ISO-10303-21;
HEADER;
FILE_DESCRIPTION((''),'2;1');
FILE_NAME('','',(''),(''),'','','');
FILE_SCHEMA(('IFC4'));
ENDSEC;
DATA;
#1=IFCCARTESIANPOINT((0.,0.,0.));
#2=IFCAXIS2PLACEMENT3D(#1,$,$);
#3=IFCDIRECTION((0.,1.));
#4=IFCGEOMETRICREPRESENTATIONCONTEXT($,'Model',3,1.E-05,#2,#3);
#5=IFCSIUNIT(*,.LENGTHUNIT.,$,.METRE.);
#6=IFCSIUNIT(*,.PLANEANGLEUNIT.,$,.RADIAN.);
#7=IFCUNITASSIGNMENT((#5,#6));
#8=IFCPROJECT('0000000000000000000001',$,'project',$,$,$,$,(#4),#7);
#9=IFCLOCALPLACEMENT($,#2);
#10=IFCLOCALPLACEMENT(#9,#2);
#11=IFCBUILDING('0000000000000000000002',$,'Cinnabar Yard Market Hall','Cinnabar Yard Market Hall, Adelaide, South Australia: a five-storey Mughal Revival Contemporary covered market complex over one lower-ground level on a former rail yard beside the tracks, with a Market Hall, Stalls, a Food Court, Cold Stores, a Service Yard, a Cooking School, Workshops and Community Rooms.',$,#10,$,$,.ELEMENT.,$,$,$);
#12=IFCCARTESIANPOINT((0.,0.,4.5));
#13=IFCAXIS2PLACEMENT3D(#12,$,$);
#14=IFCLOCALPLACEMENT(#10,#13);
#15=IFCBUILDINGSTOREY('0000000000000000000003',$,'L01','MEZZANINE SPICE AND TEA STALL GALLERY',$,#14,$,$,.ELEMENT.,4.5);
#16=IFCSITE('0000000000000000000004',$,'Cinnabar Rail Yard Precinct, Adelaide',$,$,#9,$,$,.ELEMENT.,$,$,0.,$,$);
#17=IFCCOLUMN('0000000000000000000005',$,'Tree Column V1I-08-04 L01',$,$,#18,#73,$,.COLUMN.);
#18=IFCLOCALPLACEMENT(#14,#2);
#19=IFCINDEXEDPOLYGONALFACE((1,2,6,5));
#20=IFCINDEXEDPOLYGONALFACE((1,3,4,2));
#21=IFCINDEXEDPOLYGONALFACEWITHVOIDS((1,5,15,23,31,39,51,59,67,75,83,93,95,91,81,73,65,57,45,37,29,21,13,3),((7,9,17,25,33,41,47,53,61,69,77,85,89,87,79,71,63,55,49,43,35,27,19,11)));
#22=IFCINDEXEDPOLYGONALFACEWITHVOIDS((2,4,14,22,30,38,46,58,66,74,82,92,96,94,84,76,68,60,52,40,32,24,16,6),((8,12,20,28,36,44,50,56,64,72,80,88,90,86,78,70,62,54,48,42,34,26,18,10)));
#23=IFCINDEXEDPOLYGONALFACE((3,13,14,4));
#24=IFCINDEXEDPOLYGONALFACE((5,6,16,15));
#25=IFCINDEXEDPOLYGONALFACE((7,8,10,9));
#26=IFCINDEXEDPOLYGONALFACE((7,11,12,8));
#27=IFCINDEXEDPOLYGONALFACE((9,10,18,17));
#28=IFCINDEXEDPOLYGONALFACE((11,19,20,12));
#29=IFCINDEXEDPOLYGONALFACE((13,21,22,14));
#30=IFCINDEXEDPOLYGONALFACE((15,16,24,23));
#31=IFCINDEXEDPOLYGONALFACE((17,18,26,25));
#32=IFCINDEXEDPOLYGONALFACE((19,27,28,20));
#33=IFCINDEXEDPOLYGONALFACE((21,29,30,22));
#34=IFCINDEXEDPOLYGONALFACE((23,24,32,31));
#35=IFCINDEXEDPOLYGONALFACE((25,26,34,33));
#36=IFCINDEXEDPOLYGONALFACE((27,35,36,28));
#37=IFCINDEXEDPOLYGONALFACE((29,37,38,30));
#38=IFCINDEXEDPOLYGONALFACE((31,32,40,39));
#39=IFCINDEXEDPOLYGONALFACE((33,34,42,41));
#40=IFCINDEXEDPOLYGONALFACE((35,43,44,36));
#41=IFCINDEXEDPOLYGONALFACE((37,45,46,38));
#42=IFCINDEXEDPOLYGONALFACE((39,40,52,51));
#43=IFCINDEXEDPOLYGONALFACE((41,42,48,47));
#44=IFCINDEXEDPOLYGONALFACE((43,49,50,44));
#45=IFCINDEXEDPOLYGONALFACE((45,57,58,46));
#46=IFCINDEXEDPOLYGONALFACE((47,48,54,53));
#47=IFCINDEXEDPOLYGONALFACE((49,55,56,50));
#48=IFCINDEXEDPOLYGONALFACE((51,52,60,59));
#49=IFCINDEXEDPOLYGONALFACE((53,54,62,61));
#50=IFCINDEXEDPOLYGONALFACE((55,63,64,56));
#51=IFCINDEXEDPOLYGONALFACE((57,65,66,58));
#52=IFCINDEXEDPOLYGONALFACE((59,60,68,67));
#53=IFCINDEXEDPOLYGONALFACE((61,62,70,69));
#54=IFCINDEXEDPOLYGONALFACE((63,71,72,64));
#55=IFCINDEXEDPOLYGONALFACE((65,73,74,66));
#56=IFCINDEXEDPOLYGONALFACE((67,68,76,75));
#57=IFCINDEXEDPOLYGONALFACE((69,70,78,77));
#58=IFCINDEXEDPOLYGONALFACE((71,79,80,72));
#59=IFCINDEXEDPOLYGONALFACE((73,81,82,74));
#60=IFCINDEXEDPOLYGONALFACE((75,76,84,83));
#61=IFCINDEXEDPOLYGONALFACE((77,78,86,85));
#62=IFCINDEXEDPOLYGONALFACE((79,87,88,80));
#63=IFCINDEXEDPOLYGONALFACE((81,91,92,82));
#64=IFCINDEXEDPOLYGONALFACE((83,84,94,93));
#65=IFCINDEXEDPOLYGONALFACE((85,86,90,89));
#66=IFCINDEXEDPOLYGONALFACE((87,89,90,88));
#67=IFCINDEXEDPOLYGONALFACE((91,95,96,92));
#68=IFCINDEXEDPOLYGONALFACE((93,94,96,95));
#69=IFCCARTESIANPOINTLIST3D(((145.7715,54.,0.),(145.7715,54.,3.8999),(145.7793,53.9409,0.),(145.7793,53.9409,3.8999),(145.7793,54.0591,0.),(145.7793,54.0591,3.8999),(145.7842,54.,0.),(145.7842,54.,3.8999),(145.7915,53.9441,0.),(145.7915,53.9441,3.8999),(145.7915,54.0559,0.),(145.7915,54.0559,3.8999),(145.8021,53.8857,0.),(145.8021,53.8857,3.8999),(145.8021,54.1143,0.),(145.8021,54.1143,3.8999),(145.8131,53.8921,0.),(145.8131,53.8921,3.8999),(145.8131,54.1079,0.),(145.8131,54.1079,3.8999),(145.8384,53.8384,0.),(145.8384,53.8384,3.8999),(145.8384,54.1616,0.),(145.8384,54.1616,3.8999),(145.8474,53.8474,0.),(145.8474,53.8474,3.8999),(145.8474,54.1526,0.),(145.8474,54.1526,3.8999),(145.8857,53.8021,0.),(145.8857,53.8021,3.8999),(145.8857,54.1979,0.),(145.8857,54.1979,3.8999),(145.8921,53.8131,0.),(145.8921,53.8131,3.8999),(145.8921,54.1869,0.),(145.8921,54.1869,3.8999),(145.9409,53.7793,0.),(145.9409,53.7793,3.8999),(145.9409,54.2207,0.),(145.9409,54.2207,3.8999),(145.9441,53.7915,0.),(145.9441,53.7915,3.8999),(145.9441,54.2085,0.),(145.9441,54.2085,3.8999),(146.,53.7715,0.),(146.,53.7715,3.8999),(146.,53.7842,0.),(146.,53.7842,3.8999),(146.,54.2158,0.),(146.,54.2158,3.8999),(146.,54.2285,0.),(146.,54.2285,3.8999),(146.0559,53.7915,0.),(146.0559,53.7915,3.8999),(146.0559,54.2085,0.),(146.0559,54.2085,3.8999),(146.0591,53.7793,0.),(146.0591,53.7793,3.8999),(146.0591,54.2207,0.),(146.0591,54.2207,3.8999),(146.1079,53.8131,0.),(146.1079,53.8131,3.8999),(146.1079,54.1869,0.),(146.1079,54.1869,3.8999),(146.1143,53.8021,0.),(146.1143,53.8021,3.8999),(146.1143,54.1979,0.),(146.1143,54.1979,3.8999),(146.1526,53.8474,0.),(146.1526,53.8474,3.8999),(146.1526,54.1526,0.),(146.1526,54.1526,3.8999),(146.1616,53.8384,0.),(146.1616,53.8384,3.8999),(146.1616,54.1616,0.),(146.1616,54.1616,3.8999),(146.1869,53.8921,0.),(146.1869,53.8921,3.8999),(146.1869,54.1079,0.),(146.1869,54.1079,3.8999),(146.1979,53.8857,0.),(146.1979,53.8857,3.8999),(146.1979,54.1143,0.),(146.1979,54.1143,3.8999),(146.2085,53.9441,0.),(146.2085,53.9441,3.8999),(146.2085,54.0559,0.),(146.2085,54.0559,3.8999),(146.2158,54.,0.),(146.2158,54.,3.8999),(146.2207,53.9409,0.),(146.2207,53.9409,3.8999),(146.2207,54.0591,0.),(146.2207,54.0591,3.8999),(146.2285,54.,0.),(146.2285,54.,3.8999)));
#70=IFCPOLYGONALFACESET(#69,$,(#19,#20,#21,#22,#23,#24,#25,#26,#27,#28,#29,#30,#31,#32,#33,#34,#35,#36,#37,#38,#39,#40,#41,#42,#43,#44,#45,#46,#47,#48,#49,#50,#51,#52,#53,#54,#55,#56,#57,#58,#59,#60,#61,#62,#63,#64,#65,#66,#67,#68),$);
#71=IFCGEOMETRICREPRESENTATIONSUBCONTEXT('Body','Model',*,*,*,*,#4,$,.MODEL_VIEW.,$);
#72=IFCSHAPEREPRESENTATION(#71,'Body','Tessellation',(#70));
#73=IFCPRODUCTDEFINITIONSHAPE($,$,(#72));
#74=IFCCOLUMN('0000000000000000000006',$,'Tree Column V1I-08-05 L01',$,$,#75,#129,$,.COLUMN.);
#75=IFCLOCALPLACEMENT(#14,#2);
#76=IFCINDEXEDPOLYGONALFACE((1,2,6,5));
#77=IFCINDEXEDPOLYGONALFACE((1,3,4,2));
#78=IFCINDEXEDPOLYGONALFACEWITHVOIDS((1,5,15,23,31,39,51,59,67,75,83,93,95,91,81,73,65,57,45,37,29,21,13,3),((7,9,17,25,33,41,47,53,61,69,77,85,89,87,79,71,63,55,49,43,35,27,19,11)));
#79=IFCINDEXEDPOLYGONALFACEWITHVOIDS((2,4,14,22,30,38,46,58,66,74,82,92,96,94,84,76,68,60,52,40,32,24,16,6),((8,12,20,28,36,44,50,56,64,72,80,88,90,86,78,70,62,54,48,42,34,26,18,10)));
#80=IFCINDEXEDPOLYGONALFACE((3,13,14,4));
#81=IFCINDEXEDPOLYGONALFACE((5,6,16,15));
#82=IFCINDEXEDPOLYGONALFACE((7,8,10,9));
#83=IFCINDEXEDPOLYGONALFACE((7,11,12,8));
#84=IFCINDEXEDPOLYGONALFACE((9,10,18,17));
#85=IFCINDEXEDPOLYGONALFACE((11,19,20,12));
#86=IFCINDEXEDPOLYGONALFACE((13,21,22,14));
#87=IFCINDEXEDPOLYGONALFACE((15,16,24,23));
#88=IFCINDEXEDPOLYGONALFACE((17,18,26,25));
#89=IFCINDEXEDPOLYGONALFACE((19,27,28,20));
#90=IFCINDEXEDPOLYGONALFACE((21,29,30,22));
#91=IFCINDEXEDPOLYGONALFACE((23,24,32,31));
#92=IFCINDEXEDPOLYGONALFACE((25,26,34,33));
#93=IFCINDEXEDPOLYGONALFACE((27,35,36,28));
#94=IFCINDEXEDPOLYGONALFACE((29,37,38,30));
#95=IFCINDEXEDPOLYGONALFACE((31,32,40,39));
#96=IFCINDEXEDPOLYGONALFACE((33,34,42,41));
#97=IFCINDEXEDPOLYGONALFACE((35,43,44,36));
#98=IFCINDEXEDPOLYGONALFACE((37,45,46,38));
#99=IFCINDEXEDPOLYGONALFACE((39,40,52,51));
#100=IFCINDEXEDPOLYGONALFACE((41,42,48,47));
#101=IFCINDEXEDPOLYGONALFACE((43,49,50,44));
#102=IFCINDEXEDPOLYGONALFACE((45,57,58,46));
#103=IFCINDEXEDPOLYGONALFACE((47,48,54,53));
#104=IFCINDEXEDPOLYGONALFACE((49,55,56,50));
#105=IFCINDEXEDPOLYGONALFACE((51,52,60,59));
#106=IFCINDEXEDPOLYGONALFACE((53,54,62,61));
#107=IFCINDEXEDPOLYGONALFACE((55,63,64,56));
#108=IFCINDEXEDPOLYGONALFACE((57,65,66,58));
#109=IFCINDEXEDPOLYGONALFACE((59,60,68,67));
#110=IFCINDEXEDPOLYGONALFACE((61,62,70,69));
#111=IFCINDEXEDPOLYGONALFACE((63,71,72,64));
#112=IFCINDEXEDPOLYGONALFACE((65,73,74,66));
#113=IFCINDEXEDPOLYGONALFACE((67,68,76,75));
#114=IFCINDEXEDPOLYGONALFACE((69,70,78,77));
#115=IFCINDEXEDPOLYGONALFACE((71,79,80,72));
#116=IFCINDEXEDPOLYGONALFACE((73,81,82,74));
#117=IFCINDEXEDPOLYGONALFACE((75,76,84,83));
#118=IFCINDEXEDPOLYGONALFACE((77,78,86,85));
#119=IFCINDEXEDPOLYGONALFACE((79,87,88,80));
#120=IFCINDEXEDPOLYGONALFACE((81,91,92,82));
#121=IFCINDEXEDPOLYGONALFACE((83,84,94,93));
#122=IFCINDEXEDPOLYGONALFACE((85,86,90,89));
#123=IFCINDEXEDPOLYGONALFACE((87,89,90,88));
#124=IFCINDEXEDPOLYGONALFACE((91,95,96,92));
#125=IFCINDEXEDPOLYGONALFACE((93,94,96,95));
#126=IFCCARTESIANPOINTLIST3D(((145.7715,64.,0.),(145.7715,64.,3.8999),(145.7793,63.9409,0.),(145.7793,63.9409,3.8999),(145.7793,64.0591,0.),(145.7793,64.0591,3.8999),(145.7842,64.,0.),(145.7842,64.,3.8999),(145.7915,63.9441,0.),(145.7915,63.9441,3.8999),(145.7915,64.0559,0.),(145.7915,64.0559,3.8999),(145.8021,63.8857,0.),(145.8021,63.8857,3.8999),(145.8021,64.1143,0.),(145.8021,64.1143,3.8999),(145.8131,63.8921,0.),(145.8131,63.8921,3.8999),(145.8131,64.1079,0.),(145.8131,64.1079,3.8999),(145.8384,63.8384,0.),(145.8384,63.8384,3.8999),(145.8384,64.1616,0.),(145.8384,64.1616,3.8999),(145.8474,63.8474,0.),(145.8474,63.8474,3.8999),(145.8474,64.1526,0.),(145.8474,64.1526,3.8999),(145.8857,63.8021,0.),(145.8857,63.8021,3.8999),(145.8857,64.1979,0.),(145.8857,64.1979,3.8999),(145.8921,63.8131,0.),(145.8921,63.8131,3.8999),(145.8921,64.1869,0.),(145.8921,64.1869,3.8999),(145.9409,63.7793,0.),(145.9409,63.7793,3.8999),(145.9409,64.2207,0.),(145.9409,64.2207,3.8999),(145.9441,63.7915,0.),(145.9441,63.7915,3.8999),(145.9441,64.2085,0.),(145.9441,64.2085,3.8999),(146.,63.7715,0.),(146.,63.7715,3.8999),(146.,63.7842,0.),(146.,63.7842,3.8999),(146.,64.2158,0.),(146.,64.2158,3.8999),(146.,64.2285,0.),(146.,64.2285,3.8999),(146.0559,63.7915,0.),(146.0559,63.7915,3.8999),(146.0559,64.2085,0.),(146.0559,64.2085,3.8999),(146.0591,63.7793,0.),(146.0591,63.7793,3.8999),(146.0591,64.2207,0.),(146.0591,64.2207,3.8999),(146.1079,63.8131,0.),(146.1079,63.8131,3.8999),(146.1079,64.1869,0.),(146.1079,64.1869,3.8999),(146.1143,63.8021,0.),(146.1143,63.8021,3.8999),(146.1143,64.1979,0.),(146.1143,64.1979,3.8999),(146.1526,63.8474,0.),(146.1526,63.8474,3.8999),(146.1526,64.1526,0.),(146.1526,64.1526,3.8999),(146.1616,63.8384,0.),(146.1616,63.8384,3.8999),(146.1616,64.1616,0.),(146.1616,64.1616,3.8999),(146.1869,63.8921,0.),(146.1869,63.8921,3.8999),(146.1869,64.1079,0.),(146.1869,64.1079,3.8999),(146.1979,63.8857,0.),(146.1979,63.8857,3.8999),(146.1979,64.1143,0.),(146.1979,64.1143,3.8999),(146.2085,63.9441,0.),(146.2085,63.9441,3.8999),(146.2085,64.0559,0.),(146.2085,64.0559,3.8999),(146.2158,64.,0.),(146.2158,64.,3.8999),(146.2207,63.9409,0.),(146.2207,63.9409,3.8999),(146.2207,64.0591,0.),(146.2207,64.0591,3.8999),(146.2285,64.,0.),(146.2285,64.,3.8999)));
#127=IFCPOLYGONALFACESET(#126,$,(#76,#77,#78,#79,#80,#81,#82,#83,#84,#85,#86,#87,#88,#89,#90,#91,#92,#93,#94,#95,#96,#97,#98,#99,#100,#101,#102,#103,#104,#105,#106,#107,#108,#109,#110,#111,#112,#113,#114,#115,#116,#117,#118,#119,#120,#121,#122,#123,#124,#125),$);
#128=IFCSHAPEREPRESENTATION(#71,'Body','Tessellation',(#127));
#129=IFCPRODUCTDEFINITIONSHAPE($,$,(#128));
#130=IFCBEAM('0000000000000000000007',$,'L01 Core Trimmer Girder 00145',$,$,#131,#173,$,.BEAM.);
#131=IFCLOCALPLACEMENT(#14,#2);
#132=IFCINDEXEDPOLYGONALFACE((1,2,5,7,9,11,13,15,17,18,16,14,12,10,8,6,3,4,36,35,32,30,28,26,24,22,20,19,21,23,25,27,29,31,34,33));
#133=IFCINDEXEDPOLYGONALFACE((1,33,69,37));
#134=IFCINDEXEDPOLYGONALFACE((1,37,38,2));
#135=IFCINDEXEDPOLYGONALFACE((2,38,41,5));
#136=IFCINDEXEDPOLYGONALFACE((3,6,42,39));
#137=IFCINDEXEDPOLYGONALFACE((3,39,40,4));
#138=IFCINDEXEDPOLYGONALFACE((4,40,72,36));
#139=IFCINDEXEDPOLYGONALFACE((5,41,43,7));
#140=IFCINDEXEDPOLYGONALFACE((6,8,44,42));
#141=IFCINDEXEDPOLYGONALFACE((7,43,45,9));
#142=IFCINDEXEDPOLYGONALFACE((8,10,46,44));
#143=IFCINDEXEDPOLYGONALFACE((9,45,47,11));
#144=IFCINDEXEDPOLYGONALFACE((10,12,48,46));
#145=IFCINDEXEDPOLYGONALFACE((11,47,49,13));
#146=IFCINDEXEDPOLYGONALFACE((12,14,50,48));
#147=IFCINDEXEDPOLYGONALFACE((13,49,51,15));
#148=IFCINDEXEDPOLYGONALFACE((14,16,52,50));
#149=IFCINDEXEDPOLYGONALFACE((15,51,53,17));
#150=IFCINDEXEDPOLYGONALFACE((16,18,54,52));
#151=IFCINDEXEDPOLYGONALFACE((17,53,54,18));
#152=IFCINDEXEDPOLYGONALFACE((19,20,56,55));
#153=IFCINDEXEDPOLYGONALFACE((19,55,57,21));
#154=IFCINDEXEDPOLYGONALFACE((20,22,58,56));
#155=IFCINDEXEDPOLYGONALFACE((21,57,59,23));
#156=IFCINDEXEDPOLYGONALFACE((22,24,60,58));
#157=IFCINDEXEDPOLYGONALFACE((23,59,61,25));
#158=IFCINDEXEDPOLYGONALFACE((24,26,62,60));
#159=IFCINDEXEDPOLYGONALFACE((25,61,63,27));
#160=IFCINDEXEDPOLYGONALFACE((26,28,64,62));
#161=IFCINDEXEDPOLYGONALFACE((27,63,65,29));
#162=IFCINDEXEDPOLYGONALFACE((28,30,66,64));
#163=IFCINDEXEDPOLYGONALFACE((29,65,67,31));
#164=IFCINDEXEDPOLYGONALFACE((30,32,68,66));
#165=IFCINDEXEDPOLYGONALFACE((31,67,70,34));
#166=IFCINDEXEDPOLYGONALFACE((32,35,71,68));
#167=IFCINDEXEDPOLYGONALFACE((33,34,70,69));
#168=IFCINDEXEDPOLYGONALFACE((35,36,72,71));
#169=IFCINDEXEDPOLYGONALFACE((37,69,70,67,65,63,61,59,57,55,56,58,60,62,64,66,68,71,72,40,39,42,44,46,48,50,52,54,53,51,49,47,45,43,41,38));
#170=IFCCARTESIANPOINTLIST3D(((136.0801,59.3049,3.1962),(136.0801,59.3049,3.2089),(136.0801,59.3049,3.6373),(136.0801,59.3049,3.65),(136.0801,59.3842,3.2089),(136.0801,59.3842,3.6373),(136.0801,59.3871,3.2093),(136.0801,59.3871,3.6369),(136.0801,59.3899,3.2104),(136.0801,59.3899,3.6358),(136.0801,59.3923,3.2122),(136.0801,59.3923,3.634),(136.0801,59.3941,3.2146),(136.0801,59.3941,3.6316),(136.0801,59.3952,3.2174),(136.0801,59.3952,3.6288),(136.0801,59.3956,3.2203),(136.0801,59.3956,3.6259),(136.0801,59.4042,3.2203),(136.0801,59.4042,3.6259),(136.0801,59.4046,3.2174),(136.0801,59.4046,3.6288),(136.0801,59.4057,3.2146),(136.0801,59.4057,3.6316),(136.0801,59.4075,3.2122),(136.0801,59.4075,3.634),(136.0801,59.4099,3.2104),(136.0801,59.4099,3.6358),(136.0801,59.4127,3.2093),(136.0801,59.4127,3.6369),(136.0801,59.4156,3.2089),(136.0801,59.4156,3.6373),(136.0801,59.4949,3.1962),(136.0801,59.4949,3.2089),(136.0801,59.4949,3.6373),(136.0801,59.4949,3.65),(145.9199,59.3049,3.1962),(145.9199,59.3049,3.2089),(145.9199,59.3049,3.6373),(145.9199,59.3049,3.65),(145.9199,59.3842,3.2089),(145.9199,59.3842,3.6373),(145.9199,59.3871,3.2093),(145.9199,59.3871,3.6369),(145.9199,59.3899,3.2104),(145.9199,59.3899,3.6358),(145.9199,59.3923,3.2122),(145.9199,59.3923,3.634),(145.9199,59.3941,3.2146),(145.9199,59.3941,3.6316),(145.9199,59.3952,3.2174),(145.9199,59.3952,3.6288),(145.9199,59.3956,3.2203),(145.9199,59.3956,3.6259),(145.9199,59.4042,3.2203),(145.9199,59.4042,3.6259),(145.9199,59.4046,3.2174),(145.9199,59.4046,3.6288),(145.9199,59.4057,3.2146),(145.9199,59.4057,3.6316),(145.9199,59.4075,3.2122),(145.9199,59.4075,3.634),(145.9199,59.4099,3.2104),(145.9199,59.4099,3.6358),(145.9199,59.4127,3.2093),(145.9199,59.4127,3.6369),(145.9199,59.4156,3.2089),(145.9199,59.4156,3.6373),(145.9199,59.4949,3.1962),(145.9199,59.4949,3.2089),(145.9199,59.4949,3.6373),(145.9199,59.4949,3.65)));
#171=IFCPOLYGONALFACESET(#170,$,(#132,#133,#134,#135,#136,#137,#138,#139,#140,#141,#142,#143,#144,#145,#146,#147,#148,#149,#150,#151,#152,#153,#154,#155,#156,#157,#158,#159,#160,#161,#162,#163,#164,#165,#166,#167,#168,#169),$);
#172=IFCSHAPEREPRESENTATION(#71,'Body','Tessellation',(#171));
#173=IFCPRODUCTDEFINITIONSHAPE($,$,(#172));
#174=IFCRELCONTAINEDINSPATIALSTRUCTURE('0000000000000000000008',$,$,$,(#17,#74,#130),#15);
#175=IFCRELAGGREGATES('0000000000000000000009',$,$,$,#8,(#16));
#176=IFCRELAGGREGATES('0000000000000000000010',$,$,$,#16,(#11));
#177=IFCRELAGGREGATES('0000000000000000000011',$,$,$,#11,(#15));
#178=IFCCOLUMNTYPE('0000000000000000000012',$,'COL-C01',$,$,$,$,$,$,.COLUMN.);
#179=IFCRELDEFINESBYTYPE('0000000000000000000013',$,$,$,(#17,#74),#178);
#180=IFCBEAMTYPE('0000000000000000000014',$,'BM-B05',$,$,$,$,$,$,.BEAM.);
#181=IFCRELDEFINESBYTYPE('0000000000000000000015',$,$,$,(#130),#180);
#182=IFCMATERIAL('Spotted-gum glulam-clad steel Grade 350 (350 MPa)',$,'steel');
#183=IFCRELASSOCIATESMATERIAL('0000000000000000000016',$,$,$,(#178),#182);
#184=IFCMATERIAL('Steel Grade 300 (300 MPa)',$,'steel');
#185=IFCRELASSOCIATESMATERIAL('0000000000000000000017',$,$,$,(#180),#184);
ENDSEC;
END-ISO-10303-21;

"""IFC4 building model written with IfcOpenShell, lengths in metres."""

from ifc_helpers import new_model, si_unit, direction, frame, origin, origin_2d_with_axis, place, context, subcontext, project, spatial, hollow_circle, i_section, extrude, material, material_profile, profile_set, type_object, element, save


model = new_model("IFC4")

# Units and contexts
model_context = context("Model", 3, precision=1e-05, world=origin(), true_north=direction((0.0, 1.0)))
body_context = subcontext(model_context, "Body", "Model", "MODEL_VIEW")
ifc_project = project(units=[si_unit("LENGTHUNIT", "METRE"), si_unit("PLANEANGLEUNIT", "RADIAN")], contexts=[model_context])

# Site, building, storey
site_placement = place(None, origin())
site = spatial("IfcSite", under=ifc_project, at=site_placement, Name="Cinnabar Rail Yard Precinct, Adelaide", CompositionType="ELEMENT", RefElevation=0.0)
building_placement = place(site_placement, origin())
building = spatial("IfcBuilding", under=site, at=building_placement, Name="Cinnabar Yard Market Hall", Description="Cinnabar Yard Market Hall, Adelaide, South Australia: a five-storey Mughal Revival Contemporary covered market complex over one lower-ground level on a former rail yard beside the tracks, with a Market Hall, Stalls, a Food Court, Cold Stores, a Service Yard, a Cooking School, Workshops and Community Rooms.", CompositionType="ELEMENT")
storey_placement = place(building_placement, frame((0.0, 0.0, 4.5)))
storey = spatial("IfcBuildingStorey", under=building, at=storey_placement, Name="L01", Description="MEZZANINE SPICE AND TEA STALL GALLERY", CompositionType="ELEMENT", Elevation=4.5)

# Columns
ifc_material_1 = material(Name="Spotted-gum glulam-clad steel Grade 350 (350 MPa)", Category="steel")
ifc_material_profile_1 = material_profile(ifc_material_1, hollow_circle(Radius=0.2285, WallThickness=0.0127, at=origin_2d_with_axis()), Name="457.0x12.7CHS")
ifc_profile_set_1 = profile_set([ifc_material_profile_1], Name="Spotted-gum glulam-clad steel Grade 350 (350 MPa)")
column_type = type_object("IfcColumnType", Name="COL-C01", PredefinedType="COLUMN", material=ifc_profile_set_1)
for number, where, z_axis, x_axis, name in (
    (1, (146.0, 54.0, 0.0), (0.0, 0.0, 1.0), (1.0, 0.0, 0.0), "Tree Column V1I-08-04 L01"),
    (2, (146.0, 64.0, 0.0), (0.0, 0.0, 1.0), (1.0, 0.0, 0.0), "Tree Column V1I-08-05 L01"),
):
    element("IfcColumn", number, at=place(storey_placement, frame(where, z_axis=z_axis, x_axis=x_axis)), inside=storey, type_object=column_type, Name=name, PredefinedType="COLUMN", context=body_context, shape_type="SweptSolid", body=[
        extrude(hollow_circle(Radius=0.2285, WallThickness=0.0127, at=origin_2d_with_axis()), origin(), (0.0, 0.0, 1.0), 3.8999),
    ])

# Beam
ifc_material_2 = material(Name="Steel Grade 300 (300 MPa)", Category="steel")
ifc_material_profile_2 = material_profile(ifc_material_2, i_section(OverallWidth=0.1899, OverallDepth=0.4539, WebThickness=0.0085, FlangeThickness=0.0127, FilletRadius=0.0115, at=origin_2d_with_axis()), Name="460UB67.1")
ifc_profile_set_2 = profile_set([ifc_material_profile_2], Name="Steel Grade 300 (300 MPa)")
beam_type_1 = type_object("IfcBeamType", Name="BM-B05", PredefinedType="BEAM", material=ifc_profile_set_2)
beam_1_placement = place(storey_placement, frame((136.0801, 59.3999, 3.4231), z_axis=(1.0, 0.0, 0.0), x_axis=(0.0, 1.0, 0.0)))
element("IfcBeam", 3, at=beam_1_placement, inside=storey, type_object=beam_type_1, Name="L01 Core Trimmer Girder 00145", PredefinedType="BEAM", context=body_context, shape_type="SweptSolid", body=[
    extrude(i_section(OverallWidth=0.1899, OverallDepth=0.4539, WebThickness=0.0085, FlangeThickness=0.0127, FilletRadius=0.0115, at=origin_2d_with_axis()), origin(), (0.0, 0.0, 1.0), 9.8398),
])

save(model, "model.ifc")
